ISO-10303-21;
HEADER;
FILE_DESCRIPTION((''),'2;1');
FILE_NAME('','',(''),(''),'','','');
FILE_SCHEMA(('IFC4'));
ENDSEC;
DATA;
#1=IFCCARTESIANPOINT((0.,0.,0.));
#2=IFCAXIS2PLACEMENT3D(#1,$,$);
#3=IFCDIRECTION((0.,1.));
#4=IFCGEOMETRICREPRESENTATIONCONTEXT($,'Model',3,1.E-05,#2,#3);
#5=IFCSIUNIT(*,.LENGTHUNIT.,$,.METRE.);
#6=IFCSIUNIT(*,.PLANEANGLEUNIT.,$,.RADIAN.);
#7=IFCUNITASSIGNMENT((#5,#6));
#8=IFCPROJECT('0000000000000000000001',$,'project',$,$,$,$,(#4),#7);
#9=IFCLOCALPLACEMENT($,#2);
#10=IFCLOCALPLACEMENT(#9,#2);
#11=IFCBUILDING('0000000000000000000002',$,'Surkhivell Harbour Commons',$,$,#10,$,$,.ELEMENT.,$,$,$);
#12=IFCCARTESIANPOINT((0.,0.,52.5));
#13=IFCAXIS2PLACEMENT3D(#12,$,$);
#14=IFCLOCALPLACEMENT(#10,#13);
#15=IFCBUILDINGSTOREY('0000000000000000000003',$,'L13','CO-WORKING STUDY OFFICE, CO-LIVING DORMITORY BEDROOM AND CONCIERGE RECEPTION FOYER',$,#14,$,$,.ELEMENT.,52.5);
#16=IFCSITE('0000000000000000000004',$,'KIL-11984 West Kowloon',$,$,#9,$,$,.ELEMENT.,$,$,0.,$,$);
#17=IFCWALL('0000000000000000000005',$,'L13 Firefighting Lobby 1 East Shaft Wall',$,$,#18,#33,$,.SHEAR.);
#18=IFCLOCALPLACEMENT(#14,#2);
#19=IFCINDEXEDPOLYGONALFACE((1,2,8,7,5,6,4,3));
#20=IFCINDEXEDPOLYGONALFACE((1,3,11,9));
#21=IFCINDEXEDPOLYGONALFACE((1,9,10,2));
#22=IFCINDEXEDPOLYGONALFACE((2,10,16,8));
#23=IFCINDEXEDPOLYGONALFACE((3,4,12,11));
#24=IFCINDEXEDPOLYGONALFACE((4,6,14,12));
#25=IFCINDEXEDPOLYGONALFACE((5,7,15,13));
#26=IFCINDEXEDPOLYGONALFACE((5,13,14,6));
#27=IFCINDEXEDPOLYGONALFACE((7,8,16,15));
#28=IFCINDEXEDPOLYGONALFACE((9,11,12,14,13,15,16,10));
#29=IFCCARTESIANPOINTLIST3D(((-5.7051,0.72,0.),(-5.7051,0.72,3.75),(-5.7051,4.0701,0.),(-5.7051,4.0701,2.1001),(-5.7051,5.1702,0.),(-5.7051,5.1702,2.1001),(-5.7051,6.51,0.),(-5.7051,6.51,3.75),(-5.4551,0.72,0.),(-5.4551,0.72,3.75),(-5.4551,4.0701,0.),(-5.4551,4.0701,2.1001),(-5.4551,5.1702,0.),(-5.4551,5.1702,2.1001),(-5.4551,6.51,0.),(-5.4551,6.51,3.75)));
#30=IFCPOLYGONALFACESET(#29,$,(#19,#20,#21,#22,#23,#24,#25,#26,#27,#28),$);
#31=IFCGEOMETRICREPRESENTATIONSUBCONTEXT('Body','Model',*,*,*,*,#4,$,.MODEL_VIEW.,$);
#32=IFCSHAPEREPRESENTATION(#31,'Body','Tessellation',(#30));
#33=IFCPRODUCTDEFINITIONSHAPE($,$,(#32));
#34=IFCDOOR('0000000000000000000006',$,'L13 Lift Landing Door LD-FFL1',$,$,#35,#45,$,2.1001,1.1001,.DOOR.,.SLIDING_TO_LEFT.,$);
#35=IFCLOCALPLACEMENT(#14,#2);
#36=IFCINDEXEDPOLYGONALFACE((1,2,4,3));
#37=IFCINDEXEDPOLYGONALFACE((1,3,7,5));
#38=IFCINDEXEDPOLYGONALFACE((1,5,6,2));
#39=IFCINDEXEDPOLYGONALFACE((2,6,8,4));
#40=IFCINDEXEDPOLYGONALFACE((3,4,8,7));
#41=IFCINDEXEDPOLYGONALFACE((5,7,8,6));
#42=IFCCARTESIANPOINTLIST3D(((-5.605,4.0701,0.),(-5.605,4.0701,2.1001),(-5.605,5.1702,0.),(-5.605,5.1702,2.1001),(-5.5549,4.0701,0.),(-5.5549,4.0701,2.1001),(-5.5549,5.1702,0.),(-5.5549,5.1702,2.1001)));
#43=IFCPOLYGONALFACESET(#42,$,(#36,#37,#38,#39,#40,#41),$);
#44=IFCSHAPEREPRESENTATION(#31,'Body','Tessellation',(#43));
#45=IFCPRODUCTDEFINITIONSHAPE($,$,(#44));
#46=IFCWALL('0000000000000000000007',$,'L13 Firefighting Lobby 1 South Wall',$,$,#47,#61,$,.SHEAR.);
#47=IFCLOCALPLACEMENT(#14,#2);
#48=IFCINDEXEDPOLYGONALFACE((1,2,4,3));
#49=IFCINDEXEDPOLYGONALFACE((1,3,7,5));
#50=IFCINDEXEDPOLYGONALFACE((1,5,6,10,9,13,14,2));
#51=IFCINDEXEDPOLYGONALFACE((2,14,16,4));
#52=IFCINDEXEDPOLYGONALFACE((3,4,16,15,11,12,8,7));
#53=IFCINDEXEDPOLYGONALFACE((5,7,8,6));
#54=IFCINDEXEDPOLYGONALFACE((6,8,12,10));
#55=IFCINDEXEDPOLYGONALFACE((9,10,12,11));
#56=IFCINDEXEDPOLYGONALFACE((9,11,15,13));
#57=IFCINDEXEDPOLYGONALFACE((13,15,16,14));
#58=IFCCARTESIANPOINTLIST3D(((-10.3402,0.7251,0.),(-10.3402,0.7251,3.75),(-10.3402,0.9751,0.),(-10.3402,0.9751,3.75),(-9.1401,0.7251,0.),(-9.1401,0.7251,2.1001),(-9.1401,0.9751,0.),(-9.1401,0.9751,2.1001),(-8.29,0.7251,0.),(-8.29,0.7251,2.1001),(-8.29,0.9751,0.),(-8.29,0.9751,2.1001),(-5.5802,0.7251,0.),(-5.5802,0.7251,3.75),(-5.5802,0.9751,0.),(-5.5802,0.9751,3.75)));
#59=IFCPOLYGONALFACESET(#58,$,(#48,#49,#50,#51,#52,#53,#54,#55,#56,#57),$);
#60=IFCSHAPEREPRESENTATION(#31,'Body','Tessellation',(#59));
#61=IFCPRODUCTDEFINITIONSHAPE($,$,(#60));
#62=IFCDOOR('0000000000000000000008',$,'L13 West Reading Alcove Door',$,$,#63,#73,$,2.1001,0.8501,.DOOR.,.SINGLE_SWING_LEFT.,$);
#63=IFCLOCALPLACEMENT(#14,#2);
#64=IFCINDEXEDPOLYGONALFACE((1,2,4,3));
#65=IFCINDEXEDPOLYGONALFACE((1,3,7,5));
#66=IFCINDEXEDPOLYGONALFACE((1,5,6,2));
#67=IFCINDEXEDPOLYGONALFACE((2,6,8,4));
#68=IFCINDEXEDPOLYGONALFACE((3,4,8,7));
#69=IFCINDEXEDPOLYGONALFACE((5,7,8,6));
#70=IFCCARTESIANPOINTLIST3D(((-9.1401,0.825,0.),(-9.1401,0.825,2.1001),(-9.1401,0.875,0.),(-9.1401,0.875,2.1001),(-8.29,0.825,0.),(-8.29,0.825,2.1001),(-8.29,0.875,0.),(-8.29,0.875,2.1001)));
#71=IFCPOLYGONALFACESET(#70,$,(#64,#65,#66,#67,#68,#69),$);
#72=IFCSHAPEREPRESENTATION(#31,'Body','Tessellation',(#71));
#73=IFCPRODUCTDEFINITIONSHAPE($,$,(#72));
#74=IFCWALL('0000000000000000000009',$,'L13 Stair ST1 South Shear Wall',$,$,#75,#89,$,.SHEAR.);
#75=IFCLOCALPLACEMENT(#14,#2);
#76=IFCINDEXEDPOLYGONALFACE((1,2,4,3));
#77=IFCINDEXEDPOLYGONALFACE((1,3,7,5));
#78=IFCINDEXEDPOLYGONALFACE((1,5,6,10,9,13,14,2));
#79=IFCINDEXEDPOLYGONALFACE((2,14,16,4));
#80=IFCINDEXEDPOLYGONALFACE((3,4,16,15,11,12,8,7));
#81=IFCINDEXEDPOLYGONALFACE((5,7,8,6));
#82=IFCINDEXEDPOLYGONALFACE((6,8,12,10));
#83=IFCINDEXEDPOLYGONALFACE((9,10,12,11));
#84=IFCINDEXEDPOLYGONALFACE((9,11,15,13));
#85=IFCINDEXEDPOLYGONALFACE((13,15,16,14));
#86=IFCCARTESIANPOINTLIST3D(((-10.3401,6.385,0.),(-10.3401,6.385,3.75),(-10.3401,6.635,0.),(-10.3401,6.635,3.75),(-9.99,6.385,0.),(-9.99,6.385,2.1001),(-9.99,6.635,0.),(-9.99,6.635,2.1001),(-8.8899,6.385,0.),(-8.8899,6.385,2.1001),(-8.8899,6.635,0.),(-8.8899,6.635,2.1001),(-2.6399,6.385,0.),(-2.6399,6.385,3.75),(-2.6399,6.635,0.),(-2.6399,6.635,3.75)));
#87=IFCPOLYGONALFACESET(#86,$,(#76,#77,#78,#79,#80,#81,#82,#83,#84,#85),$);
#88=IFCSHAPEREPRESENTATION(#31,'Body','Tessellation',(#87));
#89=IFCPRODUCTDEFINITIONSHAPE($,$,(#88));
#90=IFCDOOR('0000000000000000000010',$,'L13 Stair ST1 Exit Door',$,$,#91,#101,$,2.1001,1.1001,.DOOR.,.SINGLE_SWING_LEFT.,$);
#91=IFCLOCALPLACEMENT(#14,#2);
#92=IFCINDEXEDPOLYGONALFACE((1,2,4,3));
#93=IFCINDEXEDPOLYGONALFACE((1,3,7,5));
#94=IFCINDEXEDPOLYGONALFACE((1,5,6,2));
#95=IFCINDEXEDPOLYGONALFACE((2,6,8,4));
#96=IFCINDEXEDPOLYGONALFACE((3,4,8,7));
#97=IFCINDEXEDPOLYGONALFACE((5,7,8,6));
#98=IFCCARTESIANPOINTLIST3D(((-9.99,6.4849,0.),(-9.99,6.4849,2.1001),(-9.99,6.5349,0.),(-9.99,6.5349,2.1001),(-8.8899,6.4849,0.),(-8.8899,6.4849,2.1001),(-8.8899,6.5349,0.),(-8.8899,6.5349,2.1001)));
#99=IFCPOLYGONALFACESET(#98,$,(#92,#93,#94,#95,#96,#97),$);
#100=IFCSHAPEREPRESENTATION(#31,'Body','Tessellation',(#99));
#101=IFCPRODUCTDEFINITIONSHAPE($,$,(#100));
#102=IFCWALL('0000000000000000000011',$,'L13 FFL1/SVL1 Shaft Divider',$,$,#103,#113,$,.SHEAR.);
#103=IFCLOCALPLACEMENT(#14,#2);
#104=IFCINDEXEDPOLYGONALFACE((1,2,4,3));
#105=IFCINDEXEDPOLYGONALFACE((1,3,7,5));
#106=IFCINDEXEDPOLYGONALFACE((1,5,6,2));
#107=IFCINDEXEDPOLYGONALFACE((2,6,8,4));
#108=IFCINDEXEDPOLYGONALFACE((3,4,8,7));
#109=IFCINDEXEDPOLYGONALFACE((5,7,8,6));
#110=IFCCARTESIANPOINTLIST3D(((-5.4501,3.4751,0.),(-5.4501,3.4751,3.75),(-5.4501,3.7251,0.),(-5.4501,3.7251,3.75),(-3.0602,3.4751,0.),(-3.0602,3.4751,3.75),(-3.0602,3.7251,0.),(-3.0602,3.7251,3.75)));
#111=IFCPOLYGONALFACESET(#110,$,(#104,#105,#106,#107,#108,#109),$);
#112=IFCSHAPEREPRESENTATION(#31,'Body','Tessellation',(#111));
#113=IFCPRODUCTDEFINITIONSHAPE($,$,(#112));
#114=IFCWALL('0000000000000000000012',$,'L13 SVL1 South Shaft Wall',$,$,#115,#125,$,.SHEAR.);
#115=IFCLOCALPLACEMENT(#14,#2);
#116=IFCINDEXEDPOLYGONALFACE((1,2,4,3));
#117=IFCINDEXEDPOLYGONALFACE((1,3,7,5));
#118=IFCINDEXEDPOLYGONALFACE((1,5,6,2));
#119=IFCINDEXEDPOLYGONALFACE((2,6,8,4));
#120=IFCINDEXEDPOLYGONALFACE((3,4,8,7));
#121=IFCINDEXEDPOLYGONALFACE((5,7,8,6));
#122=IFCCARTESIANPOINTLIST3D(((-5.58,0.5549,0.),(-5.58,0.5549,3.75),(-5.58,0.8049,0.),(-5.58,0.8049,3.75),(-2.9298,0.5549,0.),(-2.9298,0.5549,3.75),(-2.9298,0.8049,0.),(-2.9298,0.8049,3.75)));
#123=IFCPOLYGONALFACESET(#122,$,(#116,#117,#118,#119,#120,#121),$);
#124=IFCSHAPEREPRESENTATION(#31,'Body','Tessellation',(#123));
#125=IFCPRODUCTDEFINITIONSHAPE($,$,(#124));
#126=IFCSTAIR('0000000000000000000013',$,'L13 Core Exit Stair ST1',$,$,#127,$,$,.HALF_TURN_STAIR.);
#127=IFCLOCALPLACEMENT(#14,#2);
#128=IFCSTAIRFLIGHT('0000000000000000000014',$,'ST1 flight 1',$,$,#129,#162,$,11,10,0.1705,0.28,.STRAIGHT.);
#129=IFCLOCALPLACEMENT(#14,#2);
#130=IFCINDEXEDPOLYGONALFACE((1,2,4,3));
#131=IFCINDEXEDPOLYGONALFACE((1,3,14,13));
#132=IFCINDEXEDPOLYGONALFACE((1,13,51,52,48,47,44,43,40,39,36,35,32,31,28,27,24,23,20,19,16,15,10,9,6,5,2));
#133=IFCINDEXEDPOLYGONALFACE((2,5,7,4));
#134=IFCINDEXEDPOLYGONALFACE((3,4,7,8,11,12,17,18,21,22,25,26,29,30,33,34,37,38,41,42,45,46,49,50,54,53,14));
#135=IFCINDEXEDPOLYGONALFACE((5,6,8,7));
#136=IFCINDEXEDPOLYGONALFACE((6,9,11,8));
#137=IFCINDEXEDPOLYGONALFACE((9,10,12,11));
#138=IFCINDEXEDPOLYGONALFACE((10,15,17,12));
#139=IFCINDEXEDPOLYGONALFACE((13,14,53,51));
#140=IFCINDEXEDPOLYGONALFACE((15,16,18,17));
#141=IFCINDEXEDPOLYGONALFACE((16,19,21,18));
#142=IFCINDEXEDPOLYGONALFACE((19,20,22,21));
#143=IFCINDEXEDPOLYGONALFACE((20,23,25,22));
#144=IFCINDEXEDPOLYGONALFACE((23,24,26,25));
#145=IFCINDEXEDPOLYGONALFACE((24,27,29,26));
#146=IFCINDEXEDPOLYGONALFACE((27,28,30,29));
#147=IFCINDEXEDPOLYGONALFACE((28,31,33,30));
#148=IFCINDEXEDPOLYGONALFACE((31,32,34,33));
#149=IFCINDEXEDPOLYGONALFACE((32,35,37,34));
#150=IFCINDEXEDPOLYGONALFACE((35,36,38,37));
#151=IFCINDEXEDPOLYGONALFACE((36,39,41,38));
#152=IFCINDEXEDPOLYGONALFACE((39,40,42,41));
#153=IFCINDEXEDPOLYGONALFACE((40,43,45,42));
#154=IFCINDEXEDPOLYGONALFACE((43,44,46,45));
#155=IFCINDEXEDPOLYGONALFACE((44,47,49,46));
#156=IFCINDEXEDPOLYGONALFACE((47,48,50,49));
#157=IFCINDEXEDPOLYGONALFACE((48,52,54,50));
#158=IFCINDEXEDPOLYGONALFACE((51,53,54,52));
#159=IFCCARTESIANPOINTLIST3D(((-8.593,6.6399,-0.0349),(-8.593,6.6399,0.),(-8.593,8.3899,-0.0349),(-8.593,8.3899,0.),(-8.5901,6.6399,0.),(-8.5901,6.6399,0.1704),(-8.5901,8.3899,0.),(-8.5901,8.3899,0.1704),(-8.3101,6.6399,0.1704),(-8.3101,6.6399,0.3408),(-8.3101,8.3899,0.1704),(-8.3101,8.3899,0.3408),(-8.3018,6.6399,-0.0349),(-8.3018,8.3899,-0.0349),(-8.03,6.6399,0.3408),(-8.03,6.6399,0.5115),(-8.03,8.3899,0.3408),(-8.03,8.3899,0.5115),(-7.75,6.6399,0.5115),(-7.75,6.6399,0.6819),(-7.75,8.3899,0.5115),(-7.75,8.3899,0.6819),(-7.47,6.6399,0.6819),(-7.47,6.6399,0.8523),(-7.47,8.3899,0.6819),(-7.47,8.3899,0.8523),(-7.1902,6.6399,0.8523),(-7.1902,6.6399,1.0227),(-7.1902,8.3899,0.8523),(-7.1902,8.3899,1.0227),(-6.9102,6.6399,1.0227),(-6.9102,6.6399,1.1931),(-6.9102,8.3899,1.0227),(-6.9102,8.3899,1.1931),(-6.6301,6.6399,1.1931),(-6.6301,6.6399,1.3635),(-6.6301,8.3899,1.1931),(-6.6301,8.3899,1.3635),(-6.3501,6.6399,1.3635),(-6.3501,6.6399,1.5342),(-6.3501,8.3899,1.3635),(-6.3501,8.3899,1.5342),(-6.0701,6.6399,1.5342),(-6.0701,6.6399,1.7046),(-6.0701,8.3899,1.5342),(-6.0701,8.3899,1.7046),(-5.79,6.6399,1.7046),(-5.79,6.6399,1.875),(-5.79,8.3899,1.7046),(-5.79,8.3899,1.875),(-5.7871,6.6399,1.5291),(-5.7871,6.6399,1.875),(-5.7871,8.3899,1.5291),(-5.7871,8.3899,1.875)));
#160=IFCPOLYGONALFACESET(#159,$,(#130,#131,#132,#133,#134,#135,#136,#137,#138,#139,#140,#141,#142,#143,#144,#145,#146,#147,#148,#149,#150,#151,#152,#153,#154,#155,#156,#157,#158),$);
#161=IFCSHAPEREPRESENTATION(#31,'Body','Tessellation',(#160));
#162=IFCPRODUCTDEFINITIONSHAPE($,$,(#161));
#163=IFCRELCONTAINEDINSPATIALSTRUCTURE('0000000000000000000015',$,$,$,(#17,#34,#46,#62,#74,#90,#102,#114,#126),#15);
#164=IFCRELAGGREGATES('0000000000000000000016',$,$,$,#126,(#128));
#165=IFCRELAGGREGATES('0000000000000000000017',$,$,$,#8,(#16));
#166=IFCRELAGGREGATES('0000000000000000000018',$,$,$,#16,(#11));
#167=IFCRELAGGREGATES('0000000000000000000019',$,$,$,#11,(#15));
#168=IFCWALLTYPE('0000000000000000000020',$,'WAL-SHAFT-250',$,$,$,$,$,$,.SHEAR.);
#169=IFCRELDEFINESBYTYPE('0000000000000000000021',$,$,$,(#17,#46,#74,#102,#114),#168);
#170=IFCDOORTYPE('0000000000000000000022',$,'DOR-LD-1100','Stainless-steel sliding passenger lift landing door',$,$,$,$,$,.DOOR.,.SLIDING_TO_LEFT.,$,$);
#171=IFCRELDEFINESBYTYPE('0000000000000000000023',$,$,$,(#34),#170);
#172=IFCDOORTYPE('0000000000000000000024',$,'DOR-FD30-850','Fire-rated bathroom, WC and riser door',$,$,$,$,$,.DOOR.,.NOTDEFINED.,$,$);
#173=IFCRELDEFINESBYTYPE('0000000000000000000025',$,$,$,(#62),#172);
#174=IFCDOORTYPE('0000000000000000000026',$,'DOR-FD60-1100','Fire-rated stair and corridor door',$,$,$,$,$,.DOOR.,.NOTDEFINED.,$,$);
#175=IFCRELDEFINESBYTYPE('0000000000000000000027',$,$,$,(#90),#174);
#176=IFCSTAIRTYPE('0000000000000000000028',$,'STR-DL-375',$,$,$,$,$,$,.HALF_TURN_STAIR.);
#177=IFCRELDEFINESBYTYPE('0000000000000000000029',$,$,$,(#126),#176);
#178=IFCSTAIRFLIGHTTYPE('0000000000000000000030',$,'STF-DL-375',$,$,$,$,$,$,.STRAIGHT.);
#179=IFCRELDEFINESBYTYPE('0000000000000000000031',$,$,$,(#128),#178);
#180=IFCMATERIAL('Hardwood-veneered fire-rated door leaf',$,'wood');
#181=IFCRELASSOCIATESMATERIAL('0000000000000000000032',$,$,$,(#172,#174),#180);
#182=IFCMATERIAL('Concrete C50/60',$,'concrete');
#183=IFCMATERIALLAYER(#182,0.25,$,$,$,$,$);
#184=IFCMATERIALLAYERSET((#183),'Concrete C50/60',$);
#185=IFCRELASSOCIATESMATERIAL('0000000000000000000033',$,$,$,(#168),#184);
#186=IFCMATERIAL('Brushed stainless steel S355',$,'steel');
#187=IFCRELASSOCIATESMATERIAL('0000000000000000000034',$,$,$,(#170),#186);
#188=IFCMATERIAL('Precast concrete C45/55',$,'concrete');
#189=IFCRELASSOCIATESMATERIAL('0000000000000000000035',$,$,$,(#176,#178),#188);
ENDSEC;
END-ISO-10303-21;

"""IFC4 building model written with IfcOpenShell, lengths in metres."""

from ifc_helpers import new_model, si_unit, direction, frame, frame_2d, origin, place, context, subcontext, project, spatial, polyline, rectangle, outline, extrude, material, layer, layer_set, type_object, element, fill, aggregate, save


model = new_model("IFC4")

# Units and contexts
model_context = context("Model", 3, precision=1e-05, world=origin(), true_north=direction((0.0, 1.0)))
body_context = subcontext(model_context, "Body", "Model", "MODEL_VIEW")
ifc_project = project(units=[si_unit("LENGTHUNIT", "METRE"), si_unit("PLANEANGLEUNIT", "RADIAN")], contexts=[model_context])

# Site, building, storey
site_placement = place(None, origin())
site = spatial("IfcSite", under=ifc_project, at=site_placement, Name="KIL-11984 West Kowloon", CompositionType="ELEMENT", RefElevation=0.0)
building_placement = place(site_placement, origin())
building = spatial("IfcBuilding", under=site, at=building_placement, Name="Surkhivell Harbour Commons", CompositionType="ELEMENT")
storey_placement = place(building_placement, frame((0.0, 0.0, 52.5)))
storey = spatial("IfcBuildingStorey", under=building, at=storey_placement, Name="L13", Description="CO-WORKING STUDY OFFICE, CO-LIVING DORMITORY BEDROOM AND CONCIERGE RECEPTION FOYER", CompositionType="ELEMENT", Elevation=52.5)

# Shared definitions
ifc_material_1 = material(Name="Hardwood-veneered fire-rated door leaf", Category="wood")

# Shared definitions
door_type_1 = type_object("IfcDoorType", Name="DOR-FD30-850", Description="Fire-rated bathroom, WC and riser door", OperationType="NOTDEFINED", PredefinedType="DOOR", material=ifc_material_1)

# Walls, openings, doors
ifc_material_2 = material(Name="Concrete C50/60", Category="concrete")
ifc_layer_1 = layer(ifc_material_2, 0.25)
ifc_layer_set_1 = layer_set([ifc_layer_1], Name="Concrete C50/60")
wall_type_1 = type_object("IfcWallType", Name="WAL-SHAFT-250", PredefinedType="SHEAR", material=ifc_layer_set_1)
wall_1_placement = place(storey_placement, frame((-5.5801, 0.72, 0.0), z_axis=(0.0, 0.0, 1.0), x_axis=(0.0, 1.0, 0.0)))
wall_1 = element("IfcWall", 1, at=wall_1_placement, inside=storey, type_object=wall_type_1, Name="L13 Firefighting Lobby 1 East Shaft Wall", PredefinedType="SHEAR", context=body_context, shape_type="SweptSolid", body=[
    extrude(rectangle(XDim=5.79, YDim=0.25, at=frame_2d((2.895, 0.0))), origin(), (0.0, 0.0, 1.0), 3.75),
])
opening_1_placement = place(wall_1_placement, frame((3.3501, 0.0, 0.0)))
opening_1 = element("IfcOpeningElement", 2, at=opening_1_placement, cuts=wall_1, PredefinedType="OPENING", context=body_context, shape_type="SweptSolid", body=[
    extrude(rectangle(XDim=1.1001, YDim=2.1001, at=frame_2d((0.55, 1.05))), frame((0.0, 0.135, 0.0), z_axis=(0.0, -1.0, 0.0), x_axis=(1.0, 0.0, 0.0)), (0.0, 0.0, 1.0), 0.27),
])
ifc_material_3 = material(Name="Brushed stainless steel S355", Category="steel")
door_type_2 = type_object("IfcDoorType", Name="DOR-LD-1100", Description="Stainless-steel sliding passenger lift landing door", OperationType="SLIDING_TO_LEFT", PredefinedType="DOOR", material=ifc_material_3)
door_1_placement = place(opening_1_placement, origin())
door_1 = element("IfcDoor", 3, at=door_1_placement, inside=storey, type_object=door_type_2, Name="L13 Lift Landing Door LD-FFL1", OperationType="SLIDING_TO_LEFT", OverallHeight=2.1001, OverallWidth=1.1001, PredefinedType="DOOR", context=body_context, shape_type="SweptSolid", body=[
    extrude(rectangle(XDim=1.1001, YDim=2.1001, at=frame_2d((0.55, 1.05))), frame((0.0, 0.0249, 0.0), z_axis=(0.0, -1.0, 0.0), x_axis=(1.0, 0.0, 0.0)), (0.0, 0.0, 1.0), 0.05),
])
fill(opening_1, door_1)
wall_2_placement = place(storey_placement, frame((-10.3401, 0.8501, 0.0), z_axis=(0.0, 0.0, 1.0), x_axis=(1.0, 0.0, 0.0)))
wall_2 = element("IfcWall", 4, at=wall_2_placement, inside=storey, type_object=wall_type_1, Name="L13 Firefighting Lobby 1 South Wall", PredefinedType="SHEAR", context=body_context, shape_type="SweptSolid", body=[
    extrude(rectangle(XDim=4.76, YDim=0.25, at=frame_2d((2.3799, 0.0))), origin(), (0.0, 0.0, 1.0), 3.75),
])
opening_2_placement = place(wall_2_placement, frame((1.2, 0.0, 0.0)))
opening_2 = element("IfcOpeningElement", 5, at=opening_2_placement, cuts=wall_2, PredefinedType="OPENING", context=body_context, shape_type="SweptSolid", body=[
    extrude(rectangle(XDim=0.8501, YDim=2.1001, at=frame_2d((0.425, 1.05))), frame((0.0, 0.135, 0.0), z_axis=(0.0, -1.0, 0.0), x_axis=(1.0, 0.0, 0.0)), (0.0, 0.0, 1.0), 0.27),
])
door_2_placement = place(opening_2_placement, origin())
door_2 = element("IfcDoor", 6, at=door_2_placement, inside=storey, type_object=door_type_1, Name="L13 West Reading Alcove Door", OperationType="SINGLE_SWING_LEFT", OverallHeight=2.1001, OverallWidth=0.8501, PredefinedType="DOOR", context=body_context, shape_type="SweptSolid", body=[
    extrude(rectangle(XDim=0.8501, YDim=2.1001, at=frame_2d((0.425, 1.05))), frame((0.0, 0.0249, 0.0), z_axis=(0.0, -1.0, 0.0), x_axis=(1.0, 0.0, 0.0)), (0.0, 0.0, 1.0), 0.05),
])
fill(opening_2, door_2)
wall_3_placement = place(storey_placement, frame((-10.3401, 6.51, 0.0), z_axis=(0.0, 0.0, 1.0), x_axis=(1.0, 0.0, 0.0)))
wall_3 = element("IfcWall", 7, at=wall_3_placement, inside=storey, type_object=wall_type_1, Name="L13 Stair ST1 South Shear Wall", PredefinedType="SHEAR", context=body_context, shape_type="SweptSolid", body=[
    extrude(rectangle(XDim=7.7002, YDim=0.25, at=frame_2d((3.8501, 0.0))), origin(), (0.0, 0.0, 1.0), 3.75),
])
opening_3_placement = place(wall_3_placement, frame((0.3501, 0.0, 0.0)))
opening_3 = element("IfcOpeningElement", 8, at=opening_3_placement, cuts=wall_3, PredefinedType="OPENING", context=body_context, shape_type="SweptSolid", body=[
    extrude(rectangle(XDim=1.1001, YDim=2.1001, at=frame_2d((0.55, 1.05))), frame((0.0, 0.135, 0.0), z_axis=(0.0, -1.0, 0.0), x_axis=(1.0, 0.0, 0.0)), (0.0, 0.0, 1.0), 0.27),
])
door_type_3 = type_object("IfcDoorType", Name="DOR-FD60-1100", Description="Fire-rated stair and corridor door", OperationType="NOTDEFINED", PredefinedType="DOOR", material=ifc_material_1)
door_3_placement = place(opening_3_placement, origin())
door_3 = element("IfcDoor", 9, at=door_3_placement, inside=storey, type_object=door_type_3, Name="L13 Stair ST1 Exit Door", OperationType="SINGLE_SWING_LEFT", OverallHeight=2.1001, OverallWidth=1.1001, PredefinedType="DOOR", context=body_context, shape_type="SweptSolid", body=[
    extrude(rectangle(XDim=1.1001, YDim=2.1001, at=frame_2d((0.55, 1.05))), frame((0.0, 0.0249, 0.0), z_axis=(0.0, -1.0, 0.0), x_axis=(1.0, 0.0, 0.0)), (0.0, 0.0, 1.0), 0.05),
])
fill(opening_3, door_3)

# Walls
wall_4_placement = place(storey_placement, frame((-5.45, 3.6001, 0.0), z_axis=(0.0, 0.0, 1.0), x_axis=(1.0, 0.0, 0.0)))
element("IfcWall", 10, at=wall_4_placement, inside=storey, type_object=wall_type_1, Name="L13 FFL1/SVL1 Shaft Divider", PredefinedType="SHEAR", context=body_context, shape_type="SweptSolid", body=[
    extrude(rectangle(XDim=2.3899, YDim=0.25, at=frame_2d((1.1948, 0.0))), origin(), (0.0, 0.0, 1.0), 3.75),
])
wall_5_placement = place(storey_placement, frame((-5.5801, 0.6799, 0.0), z_axis=(0.0, 0.0, 1.0), x_axis=(1.0, 0.0, 0.0)))
element("IfcWall", 11, at=wall_5_placement, inside=storey, type_object=wall_type_1, Name="L13 SVL1 South Shaft Wall", PredefinedType="SHEAR", context=body_context, shape_type="SweptSolid", body=[
    extrude(rectangle(XDim=2.6501, YDim=0.25, at=frame_2d((1.3252, 0.0))), origin(), (0.0, 0.0, 1.0), 3.75),
])

# Stair, stair flight
ifc_material_4 = material(Name="Precast concrete C45/55", Category="concrete")
stair_type = type_object("IfcStairType", Name="STR-DL-375", PredefinedType="HALF_TURN_STAIR", material=ifc_material_4)
stair_placement = place(storey_placement, origin())
stair = element("IfcStair", 12, at=stair_placement, inside=storey, type_object=stair_type, Name="L13 Core Exit Stair ST1", PredefinedType="HALF_TURN_STAIR")
stair_flight_type = type_object("IfcStairFlightType", Name="STF-DL-375", PredefinedType="STRAIGHT", material=ifc_material_4)
stair_flight_1_placement = place(storey_placement, frame((-8.5901, 7.5149, 0.0), z_axis=(0.0, 0.0, 1.0), x_axis=(1.0, 0.0, 0.0)))
stair_flight_1 = element("IfcStairFlight", 13, at=stair_flight_1_placement, type_object=stair_flight_type, Name="ST1 flight 1", NumberOfRisers=11, NumberOfTreads=10, PredefinedType="STRAIGHT", RiserHeight=0.1705, TreadLength=0.28, context=body_context, shape_type="SweptSolid", body=[
    extrude(outline(polyline([(-0.0029, -0.0349), (-0.0029, 0.0), (0.0, 0.0), (0.0, 0.1704), (0.28, 0.1704), (0.28, 0.3408), (0.5601, 0.3408), (0.5601, 0.5115), (0.8401, 0.5115), (0.8401, 0.6819), (1.1201, 0.6819), (1.1201, 0.8523), (1.3999, 0.8523), (1.3999, 1.0227), (1.6799, 1.0227), (1.6799, 1.1931), (1.96, 1.1931), (1.96, 1.3635), (2.24, 1.3635), (2.24, 1.5342), (2.52, 1.5342), (2.52, 1.7046), (2.8, 1.7046), (2.8, 1.875), (2.803, 1.875), (2.803, 1.5291), (0.2883, -0.0349), (-0.0029, -0.0349)])), frame((0.0, 0.875, 0.0), z_axis=(0.0, -1.0, 0.0), x_axis=(1.0, 0.0, 0.0)), (0.0, 0.0, 1.0), 1.75),
])
aggregate(stair, [stair_flight_1])

save(model, "model.ifc")
